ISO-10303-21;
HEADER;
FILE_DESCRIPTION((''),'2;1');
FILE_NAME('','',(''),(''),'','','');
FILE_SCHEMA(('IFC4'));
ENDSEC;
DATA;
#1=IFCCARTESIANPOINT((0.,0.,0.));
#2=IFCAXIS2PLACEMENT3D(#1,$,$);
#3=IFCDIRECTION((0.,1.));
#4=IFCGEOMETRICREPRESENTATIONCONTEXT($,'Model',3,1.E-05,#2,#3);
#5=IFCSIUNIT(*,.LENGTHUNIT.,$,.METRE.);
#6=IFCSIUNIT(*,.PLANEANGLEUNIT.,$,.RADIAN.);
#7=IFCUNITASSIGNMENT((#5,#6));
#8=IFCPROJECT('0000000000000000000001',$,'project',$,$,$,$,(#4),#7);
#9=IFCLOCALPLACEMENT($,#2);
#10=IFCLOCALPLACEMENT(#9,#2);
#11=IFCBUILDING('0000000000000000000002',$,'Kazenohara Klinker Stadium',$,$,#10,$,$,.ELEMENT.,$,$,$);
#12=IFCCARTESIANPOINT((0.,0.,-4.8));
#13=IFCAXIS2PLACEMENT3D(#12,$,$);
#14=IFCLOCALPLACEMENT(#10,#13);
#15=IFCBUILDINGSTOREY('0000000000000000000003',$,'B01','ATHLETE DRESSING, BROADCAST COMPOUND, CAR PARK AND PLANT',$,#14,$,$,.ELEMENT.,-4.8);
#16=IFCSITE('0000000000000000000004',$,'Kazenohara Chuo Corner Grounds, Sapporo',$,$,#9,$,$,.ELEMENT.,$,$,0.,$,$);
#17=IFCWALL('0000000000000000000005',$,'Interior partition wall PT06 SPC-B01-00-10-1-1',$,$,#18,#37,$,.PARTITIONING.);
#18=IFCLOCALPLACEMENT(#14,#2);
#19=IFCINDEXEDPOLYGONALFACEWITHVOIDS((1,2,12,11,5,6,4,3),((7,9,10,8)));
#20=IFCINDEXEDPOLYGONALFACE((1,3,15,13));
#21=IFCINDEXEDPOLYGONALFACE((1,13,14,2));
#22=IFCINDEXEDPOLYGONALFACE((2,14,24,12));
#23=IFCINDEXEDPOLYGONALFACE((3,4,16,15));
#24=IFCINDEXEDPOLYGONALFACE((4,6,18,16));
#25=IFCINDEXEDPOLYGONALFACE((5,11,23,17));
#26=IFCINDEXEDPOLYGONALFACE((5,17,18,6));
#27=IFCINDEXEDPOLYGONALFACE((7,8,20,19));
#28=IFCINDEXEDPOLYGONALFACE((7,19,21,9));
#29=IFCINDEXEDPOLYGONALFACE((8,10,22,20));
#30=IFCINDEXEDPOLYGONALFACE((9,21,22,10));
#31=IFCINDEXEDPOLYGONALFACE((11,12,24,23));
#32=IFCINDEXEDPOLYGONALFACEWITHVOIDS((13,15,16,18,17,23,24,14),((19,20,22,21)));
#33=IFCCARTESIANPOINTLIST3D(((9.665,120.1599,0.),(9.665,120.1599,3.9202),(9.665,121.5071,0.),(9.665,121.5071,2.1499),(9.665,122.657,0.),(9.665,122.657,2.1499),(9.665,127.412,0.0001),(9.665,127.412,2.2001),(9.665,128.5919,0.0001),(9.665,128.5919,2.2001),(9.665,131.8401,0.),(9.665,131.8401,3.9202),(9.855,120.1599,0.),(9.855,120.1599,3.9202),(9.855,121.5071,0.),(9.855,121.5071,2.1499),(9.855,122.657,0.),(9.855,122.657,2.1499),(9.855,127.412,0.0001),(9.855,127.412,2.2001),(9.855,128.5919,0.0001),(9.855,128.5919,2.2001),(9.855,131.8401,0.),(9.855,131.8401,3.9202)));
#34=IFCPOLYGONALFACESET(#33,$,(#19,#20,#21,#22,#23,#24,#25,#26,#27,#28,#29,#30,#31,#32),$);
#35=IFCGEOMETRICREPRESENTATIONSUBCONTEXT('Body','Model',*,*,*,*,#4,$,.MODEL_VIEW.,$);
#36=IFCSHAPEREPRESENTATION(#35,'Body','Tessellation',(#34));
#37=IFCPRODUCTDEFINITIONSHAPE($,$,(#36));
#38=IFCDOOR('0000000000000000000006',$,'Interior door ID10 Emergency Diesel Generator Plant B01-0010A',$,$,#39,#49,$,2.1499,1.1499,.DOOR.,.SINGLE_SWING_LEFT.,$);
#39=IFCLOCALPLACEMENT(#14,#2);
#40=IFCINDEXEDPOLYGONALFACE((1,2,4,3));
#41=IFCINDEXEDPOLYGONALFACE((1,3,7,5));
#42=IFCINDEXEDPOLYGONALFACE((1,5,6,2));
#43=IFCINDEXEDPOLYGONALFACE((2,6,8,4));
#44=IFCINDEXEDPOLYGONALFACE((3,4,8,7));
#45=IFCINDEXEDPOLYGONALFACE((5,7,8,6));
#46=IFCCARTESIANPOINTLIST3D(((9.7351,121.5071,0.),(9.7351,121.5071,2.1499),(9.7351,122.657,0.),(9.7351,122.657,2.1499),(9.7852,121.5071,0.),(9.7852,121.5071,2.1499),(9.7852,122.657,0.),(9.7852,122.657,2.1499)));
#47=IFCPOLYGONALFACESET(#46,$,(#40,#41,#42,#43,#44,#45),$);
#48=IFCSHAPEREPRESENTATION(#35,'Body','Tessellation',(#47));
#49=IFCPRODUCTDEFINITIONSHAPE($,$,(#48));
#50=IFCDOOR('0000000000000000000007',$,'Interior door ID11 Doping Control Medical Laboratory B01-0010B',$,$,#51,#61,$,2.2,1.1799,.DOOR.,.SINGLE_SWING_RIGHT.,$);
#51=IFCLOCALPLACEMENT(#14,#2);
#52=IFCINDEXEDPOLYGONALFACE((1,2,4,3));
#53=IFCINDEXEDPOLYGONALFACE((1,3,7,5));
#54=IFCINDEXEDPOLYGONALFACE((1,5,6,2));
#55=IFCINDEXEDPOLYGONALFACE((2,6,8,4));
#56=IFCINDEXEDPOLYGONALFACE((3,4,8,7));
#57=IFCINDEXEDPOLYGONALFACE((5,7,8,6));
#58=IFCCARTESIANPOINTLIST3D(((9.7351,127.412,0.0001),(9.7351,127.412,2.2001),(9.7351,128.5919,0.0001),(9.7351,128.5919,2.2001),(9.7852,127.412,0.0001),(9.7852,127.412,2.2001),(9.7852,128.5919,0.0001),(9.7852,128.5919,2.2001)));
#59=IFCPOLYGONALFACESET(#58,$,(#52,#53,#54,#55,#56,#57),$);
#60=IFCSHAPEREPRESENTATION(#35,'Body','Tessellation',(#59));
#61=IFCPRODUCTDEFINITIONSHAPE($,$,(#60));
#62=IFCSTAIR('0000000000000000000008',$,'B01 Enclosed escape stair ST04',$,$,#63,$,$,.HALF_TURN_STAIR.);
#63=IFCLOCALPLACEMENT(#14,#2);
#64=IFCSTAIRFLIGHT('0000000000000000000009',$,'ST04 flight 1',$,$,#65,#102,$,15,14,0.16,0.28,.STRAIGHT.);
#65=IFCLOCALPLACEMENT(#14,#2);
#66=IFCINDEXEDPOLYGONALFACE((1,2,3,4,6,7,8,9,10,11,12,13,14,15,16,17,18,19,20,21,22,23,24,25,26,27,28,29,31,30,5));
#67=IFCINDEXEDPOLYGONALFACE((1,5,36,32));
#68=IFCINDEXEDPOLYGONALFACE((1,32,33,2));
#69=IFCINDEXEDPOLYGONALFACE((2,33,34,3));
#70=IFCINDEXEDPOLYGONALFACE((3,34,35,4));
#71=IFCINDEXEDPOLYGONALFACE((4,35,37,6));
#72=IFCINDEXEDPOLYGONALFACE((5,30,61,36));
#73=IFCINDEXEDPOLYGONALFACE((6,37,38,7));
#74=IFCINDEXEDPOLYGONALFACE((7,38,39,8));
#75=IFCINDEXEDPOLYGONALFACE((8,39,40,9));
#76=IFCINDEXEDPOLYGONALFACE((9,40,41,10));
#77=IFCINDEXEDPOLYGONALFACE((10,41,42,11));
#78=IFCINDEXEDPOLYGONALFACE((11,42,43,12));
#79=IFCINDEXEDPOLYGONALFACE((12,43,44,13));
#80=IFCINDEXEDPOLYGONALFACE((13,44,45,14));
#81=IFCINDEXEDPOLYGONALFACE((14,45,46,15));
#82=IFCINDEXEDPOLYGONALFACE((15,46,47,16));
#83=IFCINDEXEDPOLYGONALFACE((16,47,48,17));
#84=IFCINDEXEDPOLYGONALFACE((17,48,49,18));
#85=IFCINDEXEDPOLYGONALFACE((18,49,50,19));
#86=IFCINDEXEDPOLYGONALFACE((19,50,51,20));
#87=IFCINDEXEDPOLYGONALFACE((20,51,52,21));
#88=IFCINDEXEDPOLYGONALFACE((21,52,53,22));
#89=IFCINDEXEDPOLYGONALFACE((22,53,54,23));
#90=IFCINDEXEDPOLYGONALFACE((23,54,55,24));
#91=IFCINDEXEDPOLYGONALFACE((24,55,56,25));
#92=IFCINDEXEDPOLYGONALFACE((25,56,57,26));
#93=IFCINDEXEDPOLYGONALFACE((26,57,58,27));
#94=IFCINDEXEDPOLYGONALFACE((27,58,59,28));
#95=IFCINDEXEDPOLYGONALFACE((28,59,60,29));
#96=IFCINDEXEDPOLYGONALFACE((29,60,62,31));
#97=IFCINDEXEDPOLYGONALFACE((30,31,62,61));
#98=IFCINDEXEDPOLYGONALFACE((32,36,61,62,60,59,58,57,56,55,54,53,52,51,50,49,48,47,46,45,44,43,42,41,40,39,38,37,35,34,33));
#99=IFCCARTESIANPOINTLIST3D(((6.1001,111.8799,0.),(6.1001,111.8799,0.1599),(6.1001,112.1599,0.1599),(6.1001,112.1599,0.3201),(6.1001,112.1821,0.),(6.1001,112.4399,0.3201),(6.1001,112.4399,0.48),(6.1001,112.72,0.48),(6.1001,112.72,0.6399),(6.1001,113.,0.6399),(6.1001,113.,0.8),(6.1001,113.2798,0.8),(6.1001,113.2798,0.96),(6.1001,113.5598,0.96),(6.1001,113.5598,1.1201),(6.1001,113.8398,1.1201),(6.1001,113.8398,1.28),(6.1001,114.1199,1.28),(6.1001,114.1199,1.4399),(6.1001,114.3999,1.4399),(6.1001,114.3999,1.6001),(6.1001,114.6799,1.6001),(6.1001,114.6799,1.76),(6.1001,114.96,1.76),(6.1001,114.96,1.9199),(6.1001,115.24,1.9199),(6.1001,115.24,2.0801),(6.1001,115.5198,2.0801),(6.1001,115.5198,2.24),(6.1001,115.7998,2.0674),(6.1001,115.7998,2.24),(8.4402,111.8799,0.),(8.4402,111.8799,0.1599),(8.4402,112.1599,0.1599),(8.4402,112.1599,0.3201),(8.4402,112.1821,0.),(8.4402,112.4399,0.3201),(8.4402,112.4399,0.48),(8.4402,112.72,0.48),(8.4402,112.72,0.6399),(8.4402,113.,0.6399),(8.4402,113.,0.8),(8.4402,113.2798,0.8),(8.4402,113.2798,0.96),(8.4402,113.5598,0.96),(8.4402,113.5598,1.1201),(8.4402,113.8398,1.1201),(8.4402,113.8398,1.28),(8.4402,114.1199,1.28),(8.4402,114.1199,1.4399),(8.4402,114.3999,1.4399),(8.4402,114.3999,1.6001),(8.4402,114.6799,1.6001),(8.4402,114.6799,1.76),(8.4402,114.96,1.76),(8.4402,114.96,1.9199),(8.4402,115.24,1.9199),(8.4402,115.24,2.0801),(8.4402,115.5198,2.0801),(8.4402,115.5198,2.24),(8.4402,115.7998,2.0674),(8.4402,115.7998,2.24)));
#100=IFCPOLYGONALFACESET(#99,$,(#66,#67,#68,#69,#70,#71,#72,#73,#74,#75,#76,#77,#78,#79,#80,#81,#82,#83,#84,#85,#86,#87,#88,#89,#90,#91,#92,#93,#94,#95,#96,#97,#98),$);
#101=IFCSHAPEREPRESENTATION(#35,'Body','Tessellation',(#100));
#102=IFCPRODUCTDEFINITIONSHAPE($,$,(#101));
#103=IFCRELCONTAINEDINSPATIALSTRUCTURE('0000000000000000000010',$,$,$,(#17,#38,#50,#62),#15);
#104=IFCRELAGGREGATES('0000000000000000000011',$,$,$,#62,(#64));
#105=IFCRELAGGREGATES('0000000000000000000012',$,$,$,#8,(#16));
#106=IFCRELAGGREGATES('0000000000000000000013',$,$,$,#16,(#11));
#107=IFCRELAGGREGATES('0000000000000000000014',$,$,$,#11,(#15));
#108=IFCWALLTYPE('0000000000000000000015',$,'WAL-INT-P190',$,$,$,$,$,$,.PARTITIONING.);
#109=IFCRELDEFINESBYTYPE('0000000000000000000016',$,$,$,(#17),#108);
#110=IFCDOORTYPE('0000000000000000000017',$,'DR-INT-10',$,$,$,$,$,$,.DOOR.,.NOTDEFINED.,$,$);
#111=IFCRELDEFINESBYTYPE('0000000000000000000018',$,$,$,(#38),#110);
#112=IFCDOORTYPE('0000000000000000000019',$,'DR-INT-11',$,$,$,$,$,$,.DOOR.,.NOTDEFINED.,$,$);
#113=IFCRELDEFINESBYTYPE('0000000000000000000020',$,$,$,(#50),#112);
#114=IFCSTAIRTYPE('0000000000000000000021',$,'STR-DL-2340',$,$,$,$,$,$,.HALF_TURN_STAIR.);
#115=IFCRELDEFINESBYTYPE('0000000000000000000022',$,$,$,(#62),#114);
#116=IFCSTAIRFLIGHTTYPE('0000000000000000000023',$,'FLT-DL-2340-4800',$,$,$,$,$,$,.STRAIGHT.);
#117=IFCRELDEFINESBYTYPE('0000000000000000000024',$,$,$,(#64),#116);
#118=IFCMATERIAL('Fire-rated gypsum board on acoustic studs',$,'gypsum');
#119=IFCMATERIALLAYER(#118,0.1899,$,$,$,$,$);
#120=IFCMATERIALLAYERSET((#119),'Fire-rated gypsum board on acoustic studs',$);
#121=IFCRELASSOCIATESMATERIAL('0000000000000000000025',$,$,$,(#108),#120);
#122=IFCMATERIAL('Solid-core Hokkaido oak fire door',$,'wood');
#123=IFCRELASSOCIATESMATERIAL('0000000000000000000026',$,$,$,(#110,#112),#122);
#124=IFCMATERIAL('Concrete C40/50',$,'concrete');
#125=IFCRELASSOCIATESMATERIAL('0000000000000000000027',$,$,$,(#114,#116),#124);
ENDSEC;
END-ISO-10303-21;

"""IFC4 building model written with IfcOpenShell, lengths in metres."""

from ifc_helpers import new_model, si_unit, direction, frame, frame_2d, origin, place, context, subcontext, project, spatial, polyline, rectangle, outline, extrude, material, layer, layer_set, type_object, element, fill, aggregate, save


model = new_model("IFC4")

# Units and contexts
model_context = context("Model", 3, precision=1e-05, world=origin(), true_north=direction((0.0, 1.0)))
body_context = subcontext(model_context, "Body", "Model", "MODEL_VIEW")
ifc_project = project(units=[si_unit("LENGTHUNIT", "METRE"), si_unit("PLANEANGLEUNIT", "RADIAN")], contexts=[model_context])

# Site, building, storey
site_placement = place(None, origin())
site = spatial("IfcSite", under=ifc_project, at=site_placement, Name="Kazenohara Chuo Corner Grounds, Sapporo", CompositionType="ELEMENT", RefElevation=0.0)
building_placement = place(site_placement, origin())
building = spatial("IfcBuilding", under=site, at=building_placement, Name="Kazenohara Klinker Stadium", CompositionType="ELEMENT")
storey_placement = place(building_placement, frame((0.0, 0.0, -4.8)))
storey = spatial("IfcBuildingStorey", under=building, at=storey_placement, Name="B01", Description="ATHLETE DRESSING, BROADCAST COMPOUND, CAR PARK AND PLANT", CompositionType="ELEMENT", Elevation=-4.8)

# Shared definitions
ifc_material_1 = material(Name="Concrete C40/50", Category="concrete")

# Wall, openings, doors
ifc_material_2 = material(Name="Fire-rated gypsum board on acoustic studs", Category="gypsum")
ifc_layer_1 = layer(ifc_material_2, 0.1899)
ifc_layer_set_1 = layer_set([ifc_layer_1], Name="Fire-rated gypsum board on acoustic studs")
wall_type_1 = type_object("IfcWallType", Name="WAL-INT-P190", PredefinedType="PARTITIONING", material=ifc_layer_set_1)
wall_1_placement = place(storey_placement, frame((9.76, 120.1599, 0.0), z_axis=(0.0, 0.0, 1.0), x_axis=(0.0, 1.0, 0.0)))
wall_1 = element("IfcWall", 1, at=wall_1_placement, inside=storey, type_object=wall_type_1, Name="Interior partition wall PT06 SPC-B01-00-10-1-1", PredefinedType="PARTITIONING", context=body_context, shape_type="SweptSolid", body=[
    extrude(rectangle(XDim=11.6802, YDim=0.1899, at=frame_2d((5.8401, 0.0))), origin(), (0.0, 0.0, 1.0), 3.9202),
])
opening_1_placement = place(wall_1_placement, frame((1.3472, 0.0, 0.0)))
opening_1 = element("IfcOpeningElement", 2, at=opening_1_placement, cuts=wall_1, PredefinedType="OPENING", context=body_context, shape_type="SweptSolid", body=[
    extrude(rectangle(XDim=1.1499, YDim=2.1499, at=frame_2d((0.575, 1.075))), frame((0.0, 0.105, 0.0), z_axis=(0.0, -1.0, 0.0), x_axis=(1.0, 0.0, 0.0)), (0.0, 0.0, 1.0), 0.21),
])
opening_2_placement = place(wall_1_placement, frame((7.2522, 0.0, 0.0)))
opening_2 = element("IfcOpeningElement", 3, at=opening_2_placement, cuts=wall_1, PredefinedType="OPENING", context=body_context, shape_type="SweptSolid", body=[
    extrude(rectangle(XDim=1.1799, YDim=2.2, at=frame_2d((0.5898, 1.1001))), frame((0.0, 0.105, 0.0), z_axis=(0.0, -1.0, 0.0), x_axis=(1.0, 0.0, 0.0)), (0.0, 0.0, 1.0), 0.21),
])
ifc_material_3 = material(Name="Solid-core Hokkaido oak fire door", Category="wood")
door_type_1 = type_object("IfcDoorType", Name="DR-INT-10", OperationType="NOTDEFINED", PredefinedType="DOOR", material=ifc_material_3)
door_1_placement = place(opening_1_placement, origin())
door_1 = element("IfcDoor", 4, at=door_1_placement, inside=storey, type_object=door_type_1, Name="Interior door ID10 Emergency Diesel Generator Plant B01-0010A", OperationType="SINGLE_SWING_LEFT", OverallHeight=2.1499, OverallWidth=1.1499, PredefinedType="DOOR", context=body_context, shape_type="SweptSolid", body=[
    extrude(rectangle(XDim=1.1499, YDim=2.1499, at=frame_2d((0.575, 1.075))), frame((0.0, 0.0249, 0.0), z_axis=(0.0, -1.0, 0.0), x_axis=(1.0, 0.0, 0.0)), (0.0, 0.0, 1.0), 0.05),
])
fill(opening_1, door_1)
door_type_2 = type_object("IfcDoorType", Name="DR-INT-11", OperationType="NOTDEFINED", PredefinedType="DOOR", material=ifc_material_3)
door_2_placement = place(opening_2_placement, origin())
door_2 = element("IfcDoor", 5, at=door_2_placement, inside=storey, type_object=door_type_2, Name="Interior door ID11 Doping Control Medical Laboratory B01-0010B", OperationType="SINGLE_SWING_RIGHT", OverallHeight=2.2, OverallWidth=1.1799, PredefinedType="DOOR", context=body_context, shape_type="SweptSolid", body=[
    extrude(rectangle(XDim=1.1799, YDim=2.2, at=frame_2d((0.5898, 1.1001))), frame((0.0, 0.0249, 0.0), z_axis=(0.0, -1.0, 0.0), x_axis=(1.0, 0.0, 0.0)), (0.0, 0.0, 1.0), 0.05),
])
fill(opening_2, door_2)

# Stair, stair flight
stair_type = type_object("IfcStairType", Name="STR-DL-2340", PredefinedType="HALF_TURN_STAIR", material=ifc_material_1)
stair_placement = place(storey_placement, origin())
stair = element("IfcStair", 6, at=stair_placement, inside=storey, type_object=stair_type, Name="B01 Enclosed escape stair ST04", PredefinedType="HALF_TURN_STAIR")
stair_flight_type = type_object("IfcStairFlightType", Name="FLT-DL-2340-4800", PredefinedType="STRAIGHT", material=ifc_material_1)
stair_flight_placement = place(storey_placement, frame((7.27, 111.8799, 0.0), z_axis=(0.0, 0.0, 1.0), x_axis=(0.0, 1.0, 0.0)))
stair_flight = element("IfcStairFlight", 7, at=stair_flight_placement, type_object=stair_flight_type, Name="ST04 flight 1", NumberOfRisers=15, NumberOfTreads=14, PredefinedType="STRAIGHT", RiserHeight=0.16, TreadLength=0.28, context=body_context, shape_type="SweptSolid", body=[
    extrude(outline(polyline([(0.0, 0.0), (0.0, 0.1599), (0.28, 0.1599), (0.28, 0.3201), (0.5601, 0.3201), (0.5601, 0.48), (0.8401, 0.48), (0.8401, 0.6399), (1.1201, 0.6399), (1.1201, 0.8), (1.3999, 0.8), (1.3999, 0.96), (1.6799, 0.96), (1.6799, 1.1201), (1.96, 1.1201), (1.96, 1.28), (2.24, 1.28), (2.24, 1.4399), (2.52, 1.4399), (2.52, 1.6001), (2.8, 1.6001), (2.8, 1.76), (3.0801, 1.76), (3.0801, 1.9199), (3.3601, 1.9199), (3.3601, 2.0801), (3.6399, 2.0801), (3.6399, 2.24), (3.9199, 2.24), (3.9199, 2.3999), (3.9199, 2.0674), (0.3022, 0.0), (0.0, 0.0)])), frame((0.0, 1.1699, 0.0), z_axis=(0.0, -1.0, 0.0), x_axis=(1.0, 0.0, 0.0)), (0.0, 0.0, 1.0), 2.3401),
])
aggregate(stair, [stair_flight])

save(model, "model.ifc")
